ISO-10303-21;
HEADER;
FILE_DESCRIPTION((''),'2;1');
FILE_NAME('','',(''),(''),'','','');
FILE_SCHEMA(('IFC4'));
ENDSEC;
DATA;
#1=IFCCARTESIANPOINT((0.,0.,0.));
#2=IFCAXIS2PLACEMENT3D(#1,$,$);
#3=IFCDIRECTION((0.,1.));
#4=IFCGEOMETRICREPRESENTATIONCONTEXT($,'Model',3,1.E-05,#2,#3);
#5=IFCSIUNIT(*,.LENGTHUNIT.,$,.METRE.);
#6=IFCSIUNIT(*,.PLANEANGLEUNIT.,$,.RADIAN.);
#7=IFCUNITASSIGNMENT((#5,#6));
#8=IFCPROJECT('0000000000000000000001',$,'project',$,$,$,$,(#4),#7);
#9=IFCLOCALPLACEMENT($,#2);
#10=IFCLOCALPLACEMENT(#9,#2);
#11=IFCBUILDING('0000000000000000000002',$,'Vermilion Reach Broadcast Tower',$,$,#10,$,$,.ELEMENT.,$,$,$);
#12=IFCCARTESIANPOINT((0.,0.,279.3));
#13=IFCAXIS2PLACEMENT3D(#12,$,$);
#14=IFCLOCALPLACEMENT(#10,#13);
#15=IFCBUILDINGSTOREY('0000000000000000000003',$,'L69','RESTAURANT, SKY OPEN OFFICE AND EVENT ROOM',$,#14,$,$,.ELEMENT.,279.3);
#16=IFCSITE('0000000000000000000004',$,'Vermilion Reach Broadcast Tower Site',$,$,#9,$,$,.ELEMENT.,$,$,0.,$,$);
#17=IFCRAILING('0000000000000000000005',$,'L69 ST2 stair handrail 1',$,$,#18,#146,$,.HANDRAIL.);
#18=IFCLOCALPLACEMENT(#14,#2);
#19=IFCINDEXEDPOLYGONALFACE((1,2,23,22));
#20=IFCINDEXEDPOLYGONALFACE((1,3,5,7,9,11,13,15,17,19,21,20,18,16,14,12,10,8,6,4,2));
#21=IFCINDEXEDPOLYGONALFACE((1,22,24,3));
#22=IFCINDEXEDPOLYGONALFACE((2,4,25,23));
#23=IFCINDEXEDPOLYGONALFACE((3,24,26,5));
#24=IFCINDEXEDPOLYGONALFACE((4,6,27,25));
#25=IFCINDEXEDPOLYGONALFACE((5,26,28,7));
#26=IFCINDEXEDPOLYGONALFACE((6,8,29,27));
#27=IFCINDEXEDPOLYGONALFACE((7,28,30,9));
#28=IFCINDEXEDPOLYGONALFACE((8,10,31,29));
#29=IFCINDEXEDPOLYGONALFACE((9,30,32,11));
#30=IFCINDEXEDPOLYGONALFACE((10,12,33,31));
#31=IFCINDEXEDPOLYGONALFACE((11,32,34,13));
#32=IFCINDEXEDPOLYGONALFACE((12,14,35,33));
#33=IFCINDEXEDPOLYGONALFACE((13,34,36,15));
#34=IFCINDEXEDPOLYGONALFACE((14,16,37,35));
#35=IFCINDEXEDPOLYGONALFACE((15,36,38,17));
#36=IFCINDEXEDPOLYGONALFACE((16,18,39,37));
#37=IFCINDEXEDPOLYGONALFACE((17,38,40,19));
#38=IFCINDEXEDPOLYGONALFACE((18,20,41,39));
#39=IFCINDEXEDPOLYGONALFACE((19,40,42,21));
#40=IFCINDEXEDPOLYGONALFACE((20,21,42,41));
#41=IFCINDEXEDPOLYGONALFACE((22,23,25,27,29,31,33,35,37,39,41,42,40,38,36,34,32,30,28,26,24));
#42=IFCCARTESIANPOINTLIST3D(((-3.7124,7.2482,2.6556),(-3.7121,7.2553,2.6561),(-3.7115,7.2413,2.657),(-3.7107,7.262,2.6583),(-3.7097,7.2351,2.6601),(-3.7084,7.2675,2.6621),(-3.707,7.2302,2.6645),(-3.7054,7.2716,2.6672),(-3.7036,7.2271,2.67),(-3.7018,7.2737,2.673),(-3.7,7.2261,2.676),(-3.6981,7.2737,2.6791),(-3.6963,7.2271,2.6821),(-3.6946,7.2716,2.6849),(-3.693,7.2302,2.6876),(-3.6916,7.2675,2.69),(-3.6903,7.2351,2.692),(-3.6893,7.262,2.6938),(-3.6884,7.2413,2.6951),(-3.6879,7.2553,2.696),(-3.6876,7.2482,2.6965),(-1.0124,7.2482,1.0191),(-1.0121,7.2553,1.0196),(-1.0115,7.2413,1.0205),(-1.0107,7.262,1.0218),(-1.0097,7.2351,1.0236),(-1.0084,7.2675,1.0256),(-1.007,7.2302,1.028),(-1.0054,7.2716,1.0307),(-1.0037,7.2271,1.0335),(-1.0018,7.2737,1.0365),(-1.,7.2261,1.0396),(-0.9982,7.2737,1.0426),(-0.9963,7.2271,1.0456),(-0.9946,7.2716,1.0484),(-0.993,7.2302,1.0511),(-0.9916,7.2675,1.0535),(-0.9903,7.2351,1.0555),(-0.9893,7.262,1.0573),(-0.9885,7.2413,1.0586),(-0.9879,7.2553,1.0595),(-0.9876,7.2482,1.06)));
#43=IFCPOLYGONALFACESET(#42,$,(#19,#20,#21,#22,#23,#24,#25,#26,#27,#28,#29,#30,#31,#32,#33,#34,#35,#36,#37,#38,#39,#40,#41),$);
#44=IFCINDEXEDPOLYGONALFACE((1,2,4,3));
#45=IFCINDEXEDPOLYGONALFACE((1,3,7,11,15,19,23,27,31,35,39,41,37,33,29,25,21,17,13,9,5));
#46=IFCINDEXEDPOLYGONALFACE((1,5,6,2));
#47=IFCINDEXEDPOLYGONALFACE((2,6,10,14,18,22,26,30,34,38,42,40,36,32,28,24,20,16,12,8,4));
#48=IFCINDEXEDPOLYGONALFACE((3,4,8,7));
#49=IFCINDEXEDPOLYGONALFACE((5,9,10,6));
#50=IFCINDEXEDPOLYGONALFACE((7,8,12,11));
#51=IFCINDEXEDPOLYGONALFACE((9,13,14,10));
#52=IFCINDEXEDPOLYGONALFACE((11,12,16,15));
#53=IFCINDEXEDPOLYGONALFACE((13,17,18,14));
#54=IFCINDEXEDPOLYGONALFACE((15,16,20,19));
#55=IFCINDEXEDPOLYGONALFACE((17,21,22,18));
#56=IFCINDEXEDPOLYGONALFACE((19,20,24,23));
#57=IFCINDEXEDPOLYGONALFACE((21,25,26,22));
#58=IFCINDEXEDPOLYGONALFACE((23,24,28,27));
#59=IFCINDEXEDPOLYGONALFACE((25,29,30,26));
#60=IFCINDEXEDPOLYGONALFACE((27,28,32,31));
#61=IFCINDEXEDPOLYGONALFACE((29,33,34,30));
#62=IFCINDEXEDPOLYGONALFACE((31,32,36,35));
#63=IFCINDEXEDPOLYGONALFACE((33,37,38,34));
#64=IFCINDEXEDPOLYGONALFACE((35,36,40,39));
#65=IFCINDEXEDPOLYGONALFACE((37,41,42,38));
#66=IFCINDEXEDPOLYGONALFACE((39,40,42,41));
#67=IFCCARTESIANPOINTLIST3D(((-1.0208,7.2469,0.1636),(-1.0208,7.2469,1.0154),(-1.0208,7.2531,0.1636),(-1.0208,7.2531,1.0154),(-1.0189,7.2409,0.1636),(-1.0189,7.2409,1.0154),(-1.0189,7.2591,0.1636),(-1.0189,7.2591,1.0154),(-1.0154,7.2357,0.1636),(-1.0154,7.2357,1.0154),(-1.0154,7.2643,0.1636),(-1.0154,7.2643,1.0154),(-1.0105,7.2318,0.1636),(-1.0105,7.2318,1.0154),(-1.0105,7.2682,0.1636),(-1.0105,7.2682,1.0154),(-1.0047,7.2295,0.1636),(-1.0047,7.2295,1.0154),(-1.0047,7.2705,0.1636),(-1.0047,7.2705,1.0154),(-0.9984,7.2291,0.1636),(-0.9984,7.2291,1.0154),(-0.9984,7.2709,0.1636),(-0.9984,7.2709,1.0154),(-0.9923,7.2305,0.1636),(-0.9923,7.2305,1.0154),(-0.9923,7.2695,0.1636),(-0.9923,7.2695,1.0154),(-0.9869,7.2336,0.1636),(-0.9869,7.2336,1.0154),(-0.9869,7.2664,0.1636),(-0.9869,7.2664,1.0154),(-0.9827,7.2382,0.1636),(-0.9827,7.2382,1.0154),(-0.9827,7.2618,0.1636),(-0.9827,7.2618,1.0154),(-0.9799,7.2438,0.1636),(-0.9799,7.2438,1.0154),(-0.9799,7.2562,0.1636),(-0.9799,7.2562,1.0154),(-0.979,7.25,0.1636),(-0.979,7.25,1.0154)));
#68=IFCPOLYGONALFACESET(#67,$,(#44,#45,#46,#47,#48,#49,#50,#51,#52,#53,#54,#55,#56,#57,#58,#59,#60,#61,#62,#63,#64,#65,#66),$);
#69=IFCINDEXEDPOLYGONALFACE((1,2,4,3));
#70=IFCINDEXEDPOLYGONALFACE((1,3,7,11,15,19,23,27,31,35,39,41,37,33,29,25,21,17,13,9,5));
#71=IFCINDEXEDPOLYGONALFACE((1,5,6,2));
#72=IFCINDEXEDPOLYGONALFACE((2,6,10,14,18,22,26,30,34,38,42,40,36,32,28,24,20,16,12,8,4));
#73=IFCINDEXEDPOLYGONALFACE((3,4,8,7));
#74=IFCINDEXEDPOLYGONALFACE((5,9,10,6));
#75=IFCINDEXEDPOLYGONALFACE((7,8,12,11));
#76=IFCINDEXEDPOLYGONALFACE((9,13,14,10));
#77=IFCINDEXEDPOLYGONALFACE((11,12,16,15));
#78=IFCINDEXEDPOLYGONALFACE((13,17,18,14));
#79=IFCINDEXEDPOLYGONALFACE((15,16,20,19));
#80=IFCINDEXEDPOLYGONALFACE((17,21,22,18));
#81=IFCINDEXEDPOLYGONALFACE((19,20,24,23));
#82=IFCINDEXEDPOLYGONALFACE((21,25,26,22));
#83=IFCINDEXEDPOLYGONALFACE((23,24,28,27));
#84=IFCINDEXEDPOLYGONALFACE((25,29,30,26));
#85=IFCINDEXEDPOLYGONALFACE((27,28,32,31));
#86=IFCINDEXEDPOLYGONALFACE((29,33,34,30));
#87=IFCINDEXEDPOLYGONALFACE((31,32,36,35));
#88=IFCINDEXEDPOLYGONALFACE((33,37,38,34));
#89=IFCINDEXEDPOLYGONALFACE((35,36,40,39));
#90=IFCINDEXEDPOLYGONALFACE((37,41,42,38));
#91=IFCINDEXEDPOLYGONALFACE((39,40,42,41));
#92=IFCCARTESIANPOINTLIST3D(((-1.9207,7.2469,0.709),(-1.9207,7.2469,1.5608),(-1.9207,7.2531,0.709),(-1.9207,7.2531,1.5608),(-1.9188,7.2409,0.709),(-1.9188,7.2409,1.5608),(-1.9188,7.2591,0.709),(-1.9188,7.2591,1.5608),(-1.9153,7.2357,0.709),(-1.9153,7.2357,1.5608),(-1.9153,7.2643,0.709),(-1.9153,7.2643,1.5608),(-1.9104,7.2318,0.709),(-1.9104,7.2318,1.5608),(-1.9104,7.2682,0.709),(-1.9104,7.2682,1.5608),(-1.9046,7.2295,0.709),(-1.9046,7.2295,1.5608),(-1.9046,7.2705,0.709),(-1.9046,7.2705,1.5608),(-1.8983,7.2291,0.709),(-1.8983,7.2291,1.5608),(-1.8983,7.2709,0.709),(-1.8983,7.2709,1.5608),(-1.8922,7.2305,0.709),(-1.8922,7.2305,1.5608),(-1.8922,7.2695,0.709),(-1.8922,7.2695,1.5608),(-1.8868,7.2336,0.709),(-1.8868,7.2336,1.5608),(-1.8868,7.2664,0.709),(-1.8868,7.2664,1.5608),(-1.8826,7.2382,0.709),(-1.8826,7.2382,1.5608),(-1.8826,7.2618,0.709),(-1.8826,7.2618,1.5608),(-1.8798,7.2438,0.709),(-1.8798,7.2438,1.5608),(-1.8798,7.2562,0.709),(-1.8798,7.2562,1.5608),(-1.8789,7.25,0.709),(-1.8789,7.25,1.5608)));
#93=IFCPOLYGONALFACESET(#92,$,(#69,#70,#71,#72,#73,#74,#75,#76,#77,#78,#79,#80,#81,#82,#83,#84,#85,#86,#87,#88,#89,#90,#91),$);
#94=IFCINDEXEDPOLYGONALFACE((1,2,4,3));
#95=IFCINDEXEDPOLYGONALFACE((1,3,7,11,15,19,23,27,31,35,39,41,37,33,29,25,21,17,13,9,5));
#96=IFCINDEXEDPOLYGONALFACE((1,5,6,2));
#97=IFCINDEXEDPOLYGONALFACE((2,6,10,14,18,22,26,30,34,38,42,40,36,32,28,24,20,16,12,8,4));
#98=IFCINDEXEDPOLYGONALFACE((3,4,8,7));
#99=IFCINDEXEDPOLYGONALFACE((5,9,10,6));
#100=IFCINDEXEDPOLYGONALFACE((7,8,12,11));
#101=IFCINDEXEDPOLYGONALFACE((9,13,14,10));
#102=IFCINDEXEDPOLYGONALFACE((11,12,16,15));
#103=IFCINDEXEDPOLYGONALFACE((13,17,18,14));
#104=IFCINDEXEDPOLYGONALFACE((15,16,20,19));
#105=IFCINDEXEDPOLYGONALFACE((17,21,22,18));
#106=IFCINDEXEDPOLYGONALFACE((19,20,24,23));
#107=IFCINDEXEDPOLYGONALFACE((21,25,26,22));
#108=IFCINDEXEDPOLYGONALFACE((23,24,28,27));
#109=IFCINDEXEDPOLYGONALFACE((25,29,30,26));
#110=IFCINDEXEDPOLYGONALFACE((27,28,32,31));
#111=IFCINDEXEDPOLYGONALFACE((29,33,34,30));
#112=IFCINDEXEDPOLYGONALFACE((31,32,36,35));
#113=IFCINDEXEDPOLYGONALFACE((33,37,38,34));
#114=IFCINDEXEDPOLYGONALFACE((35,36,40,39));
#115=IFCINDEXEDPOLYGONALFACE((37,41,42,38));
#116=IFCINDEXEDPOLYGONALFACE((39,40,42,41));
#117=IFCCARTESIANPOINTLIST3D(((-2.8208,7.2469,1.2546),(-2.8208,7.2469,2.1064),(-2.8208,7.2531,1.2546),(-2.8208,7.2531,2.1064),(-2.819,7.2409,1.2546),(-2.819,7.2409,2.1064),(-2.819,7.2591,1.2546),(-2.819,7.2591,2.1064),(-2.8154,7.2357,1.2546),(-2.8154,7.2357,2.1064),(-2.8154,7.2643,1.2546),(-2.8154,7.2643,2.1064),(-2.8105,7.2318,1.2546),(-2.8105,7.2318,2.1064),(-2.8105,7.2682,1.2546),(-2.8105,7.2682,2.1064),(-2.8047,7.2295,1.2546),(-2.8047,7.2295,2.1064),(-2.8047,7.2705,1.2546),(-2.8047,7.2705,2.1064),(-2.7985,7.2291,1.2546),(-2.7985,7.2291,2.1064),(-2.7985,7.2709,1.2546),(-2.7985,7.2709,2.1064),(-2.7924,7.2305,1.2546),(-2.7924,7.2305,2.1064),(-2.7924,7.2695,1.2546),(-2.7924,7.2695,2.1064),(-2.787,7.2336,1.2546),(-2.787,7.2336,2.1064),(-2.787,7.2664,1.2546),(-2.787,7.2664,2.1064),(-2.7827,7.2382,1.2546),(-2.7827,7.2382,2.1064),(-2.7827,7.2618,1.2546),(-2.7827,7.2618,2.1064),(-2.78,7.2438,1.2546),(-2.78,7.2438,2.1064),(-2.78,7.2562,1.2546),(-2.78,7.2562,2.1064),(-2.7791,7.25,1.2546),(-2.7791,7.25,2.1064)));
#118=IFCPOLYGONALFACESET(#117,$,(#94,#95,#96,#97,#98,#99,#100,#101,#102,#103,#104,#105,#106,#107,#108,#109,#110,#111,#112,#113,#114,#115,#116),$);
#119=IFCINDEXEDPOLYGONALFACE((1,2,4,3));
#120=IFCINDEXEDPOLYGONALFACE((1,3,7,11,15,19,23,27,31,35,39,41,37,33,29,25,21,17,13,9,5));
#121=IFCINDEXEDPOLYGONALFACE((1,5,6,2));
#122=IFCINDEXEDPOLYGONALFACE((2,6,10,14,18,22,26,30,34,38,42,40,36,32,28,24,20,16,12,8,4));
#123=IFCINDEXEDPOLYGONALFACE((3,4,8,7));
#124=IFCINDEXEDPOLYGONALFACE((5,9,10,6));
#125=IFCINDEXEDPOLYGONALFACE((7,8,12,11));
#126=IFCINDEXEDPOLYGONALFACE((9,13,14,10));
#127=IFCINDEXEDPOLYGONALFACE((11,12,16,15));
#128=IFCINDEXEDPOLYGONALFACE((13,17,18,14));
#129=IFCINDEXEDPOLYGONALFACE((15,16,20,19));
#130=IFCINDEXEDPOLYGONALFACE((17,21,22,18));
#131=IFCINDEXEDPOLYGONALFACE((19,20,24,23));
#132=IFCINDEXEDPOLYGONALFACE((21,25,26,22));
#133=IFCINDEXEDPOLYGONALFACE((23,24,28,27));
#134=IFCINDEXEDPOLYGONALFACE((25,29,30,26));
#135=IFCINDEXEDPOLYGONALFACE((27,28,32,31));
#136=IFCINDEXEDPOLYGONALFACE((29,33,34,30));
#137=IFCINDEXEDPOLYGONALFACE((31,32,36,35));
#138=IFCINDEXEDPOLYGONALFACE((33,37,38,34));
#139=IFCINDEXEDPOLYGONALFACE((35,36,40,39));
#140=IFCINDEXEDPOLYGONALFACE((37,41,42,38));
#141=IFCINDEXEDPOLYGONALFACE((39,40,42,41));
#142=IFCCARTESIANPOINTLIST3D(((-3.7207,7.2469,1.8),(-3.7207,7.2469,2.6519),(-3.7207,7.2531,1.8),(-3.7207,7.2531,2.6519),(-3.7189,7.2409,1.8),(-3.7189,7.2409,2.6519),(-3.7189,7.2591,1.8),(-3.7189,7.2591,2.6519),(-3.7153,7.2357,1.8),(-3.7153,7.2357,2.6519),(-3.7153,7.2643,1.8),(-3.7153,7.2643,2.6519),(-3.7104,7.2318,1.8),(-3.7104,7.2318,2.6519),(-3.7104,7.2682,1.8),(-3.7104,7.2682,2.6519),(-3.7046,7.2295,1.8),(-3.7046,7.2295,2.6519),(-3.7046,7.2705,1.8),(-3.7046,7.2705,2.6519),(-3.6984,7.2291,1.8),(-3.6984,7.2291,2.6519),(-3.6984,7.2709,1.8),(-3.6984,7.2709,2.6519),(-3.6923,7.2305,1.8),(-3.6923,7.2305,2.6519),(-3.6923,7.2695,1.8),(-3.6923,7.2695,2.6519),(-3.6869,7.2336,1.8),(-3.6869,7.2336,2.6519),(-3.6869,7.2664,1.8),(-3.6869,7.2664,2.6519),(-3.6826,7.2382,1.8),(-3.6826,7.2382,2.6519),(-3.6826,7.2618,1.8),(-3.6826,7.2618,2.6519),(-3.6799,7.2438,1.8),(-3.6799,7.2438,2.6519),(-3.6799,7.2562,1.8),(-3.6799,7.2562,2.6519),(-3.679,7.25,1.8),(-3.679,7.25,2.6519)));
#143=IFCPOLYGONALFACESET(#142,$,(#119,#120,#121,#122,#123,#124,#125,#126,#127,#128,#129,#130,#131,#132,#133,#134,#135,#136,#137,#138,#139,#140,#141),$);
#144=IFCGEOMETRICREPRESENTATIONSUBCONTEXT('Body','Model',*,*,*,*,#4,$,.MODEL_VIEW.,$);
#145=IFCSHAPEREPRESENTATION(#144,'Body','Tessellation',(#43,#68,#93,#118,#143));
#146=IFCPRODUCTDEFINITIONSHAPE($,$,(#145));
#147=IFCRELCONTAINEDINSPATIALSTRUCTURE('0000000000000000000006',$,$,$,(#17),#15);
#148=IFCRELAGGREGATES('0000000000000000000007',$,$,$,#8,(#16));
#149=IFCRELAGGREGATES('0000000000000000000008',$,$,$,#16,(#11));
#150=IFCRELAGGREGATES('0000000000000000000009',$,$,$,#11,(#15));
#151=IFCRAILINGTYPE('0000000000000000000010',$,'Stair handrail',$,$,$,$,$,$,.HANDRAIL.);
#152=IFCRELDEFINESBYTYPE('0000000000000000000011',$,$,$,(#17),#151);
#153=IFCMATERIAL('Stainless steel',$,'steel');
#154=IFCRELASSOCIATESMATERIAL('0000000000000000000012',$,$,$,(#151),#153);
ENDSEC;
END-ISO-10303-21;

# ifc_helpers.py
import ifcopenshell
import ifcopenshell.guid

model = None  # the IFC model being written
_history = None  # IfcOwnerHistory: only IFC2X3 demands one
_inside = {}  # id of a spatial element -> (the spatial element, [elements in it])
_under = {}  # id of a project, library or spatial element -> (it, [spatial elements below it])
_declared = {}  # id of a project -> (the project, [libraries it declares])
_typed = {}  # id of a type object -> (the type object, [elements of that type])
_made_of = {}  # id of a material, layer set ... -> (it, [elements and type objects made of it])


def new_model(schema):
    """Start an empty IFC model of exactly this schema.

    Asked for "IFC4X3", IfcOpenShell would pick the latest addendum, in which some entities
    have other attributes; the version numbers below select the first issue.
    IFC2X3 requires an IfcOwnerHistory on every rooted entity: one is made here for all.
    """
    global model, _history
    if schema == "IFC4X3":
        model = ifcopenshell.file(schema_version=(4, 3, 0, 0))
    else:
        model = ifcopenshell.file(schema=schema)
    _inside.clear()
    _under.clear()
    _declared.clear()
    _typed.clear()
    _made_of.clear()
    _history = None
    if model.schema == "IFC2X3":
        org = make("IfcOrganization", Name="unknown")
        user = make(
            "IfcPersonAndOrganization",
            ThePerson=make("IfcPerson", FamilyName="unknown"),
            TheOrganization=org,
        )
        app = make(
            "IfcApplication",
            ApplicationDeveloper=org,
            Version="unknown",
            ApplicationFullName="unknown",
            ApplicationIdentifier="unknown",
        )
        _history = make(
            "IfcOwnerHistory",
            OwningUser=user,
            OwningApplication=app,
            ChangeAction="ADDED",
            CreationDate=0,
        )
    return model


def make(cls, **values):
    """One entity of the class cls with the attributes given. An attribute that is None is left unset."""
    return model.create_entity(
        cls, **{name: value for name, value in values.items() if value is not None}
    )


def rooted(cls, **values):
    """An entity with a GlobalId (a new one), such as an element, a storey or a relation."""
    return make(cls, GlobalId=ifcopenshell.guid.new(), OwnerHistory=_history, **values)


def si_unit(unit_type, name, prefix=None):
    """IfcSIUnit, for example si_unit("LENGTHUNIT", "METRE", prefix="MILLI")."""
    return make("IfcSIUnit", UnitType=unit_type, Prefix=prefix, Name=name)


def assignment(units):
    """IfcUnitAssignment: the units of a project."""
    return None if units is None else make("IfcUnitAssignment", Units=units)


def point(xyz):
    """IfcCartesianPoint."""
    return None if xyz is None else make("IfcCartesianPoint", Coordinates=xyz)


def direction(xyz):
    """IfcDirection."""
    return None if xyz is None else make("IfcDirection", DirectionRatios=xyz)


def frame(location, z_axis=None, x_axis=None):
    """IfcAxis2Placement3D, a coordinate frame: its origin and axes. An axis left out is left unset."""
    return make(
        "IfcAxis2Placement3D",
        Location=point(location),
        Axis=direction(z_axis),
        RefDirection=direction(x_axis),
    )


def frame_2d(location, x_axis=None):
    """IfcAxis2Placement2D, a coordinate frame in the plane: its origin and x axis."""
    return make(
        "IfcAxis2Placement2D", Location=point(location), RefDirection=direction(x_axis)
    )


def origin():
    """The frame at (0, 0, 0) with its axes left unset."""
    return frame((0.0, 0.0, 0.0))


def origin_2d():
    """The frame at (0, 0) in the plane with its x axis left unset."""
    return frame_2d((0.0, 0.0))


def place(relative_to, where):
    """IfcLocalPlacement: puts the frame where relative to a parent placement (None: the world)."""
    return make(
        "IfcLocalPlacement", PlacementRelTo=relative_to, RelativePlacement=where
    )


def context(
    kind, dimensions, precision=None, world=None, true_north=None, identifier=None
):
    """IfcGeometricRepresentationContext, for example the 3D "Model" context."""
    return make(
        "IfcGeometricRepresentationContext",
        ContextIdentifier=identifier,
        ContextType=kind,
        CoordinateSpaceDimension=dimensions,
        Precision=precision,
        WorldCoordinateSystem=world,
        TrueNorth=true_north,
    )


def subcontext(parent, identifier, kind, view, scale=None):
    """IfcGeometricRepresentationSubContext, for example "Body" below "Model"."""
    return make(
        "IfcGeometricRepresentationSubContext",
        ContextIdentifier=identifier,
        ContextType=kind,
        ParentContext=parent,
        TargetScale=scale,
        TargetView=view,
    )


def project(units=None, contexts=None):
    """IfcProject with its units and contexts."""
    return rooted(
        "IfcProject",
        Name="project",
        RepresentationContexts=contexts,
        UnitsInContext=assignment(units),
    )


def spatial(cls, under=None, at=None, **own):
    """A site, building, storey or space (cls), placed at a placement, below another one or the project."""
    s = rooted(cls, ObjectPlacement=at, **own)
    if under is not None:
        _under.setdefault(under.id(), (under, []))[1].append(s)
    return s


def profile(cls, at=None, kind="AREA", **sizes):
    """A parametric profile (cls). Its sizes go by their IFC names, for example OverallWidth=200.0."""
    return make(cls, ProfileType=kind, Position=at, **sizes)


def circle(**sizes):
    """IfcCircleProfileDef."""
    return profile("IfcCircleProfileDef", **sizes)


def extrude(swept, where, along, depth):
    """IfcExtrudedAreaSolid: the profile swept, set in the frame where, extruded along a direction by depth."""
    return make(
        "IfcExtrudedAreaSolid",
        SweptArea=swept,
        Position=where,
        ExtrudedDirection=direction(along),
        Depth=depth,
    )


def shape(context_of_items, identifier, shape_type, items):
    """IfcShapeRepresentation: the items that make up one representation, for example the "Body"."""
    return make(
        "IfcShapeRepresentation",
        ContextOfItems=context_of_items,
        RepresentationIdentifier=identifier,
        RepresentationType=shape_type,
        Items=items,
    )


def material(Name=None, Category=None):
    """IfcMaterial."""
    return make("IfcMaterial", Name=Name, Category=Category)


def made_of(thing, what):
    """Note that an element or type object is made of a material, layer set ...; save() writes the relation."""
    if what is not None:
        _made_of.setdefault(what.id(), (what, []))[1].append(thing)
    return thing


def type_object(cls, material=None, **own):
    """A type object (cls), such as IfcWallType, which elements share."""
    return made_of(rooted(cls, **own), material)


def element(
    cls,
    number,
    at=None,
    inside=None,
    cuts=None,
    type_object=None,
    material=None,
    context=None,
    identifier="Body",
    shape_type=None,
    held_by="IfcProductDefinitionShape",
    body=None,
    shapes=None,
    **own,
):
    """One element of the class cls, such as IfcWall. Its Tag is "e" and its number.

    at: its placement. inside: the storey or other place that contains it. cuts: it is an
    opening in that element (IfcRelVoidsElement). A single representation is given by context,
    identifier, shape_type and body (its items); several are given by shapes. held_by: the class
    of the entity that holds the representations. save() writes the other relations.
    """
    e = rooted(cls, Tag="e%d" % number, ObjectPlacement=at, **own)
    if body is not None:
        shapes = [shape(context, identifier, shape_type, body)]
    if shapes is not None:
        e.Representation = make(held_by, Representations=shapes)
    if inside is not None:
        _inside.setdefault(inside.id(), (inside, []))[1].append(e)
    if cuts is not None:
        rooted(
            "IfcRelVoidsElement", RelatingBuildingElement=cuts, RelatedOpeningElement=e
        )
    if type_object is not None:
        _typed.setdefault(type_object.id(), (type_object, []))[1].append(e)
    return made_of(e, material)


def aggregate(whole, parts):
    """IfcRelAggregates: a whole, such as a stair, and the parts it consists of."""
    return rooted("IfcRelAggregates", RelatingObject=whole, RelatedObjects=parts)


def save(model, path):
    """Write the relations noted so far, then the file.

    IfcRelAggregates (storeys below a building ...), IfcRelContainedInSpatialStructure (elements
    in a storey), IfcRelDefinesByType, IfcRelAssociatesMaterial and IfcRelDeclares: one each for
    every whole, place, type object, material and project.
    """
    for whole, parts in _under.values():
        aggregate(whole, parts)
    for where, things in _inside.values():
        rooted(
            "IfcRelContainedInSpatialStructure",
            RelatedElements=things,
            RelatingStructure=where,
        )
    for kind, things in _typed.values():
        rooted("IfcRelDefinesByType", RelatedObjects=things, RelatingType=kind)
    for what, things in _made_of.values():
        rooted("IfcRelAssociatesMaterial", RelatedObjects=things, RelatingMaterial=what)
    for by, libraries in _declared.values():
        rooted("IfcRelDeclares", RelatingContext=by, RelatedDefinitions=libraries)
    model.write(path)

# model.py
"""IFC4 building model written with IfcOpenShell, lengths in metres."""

from ifc_helpers import new_model, si_unit, direction, frame, origin, origin_2d, place, context, subcontext, project, spatial, circle, extrude, material, type_object, element, save


model = new_model("IFC4")

# Units and contexts
model_context = context("Model", 3, precision=1e-05, world=origin(), true_north=direction((0.0, 1.0)))
body_context = subcontext(model_context, "Body", "Model", "MODEL_VIEW")
ifc_project = project(units=[si_unit("LENGTHUNIT", "METRE"), si_unit("PLANEANGLEUNIT", "RADIAN")], contexts=[model_context])

# Site, building, storey
site_placement = place(None, origin())
site = spatial("IfcSite", under=ifc_project, at=site_placement, Name="Vermilion Reach Broadcast Tower Site", CompositionType="ELEMENT", RefElevation=0.0)
building_placement = place(site_placement, origin())
building = spatial("IfcBuilding", under=site, at=building_placement, Name="Vermilion Reach Broadcast Tower", CompositionType="ELEMENT")
storey_placement = place(building_placement, frame((0.0, 0.0, 279.3)))
storey = spatial("IfcBuildingStorey", under=building, at=storey_placement, Name="L69", Description="RESTAURANT, SKY OPEN OFFICE AND EVENT ROOM", CompositionType="ELEMENT", Elevation=279.3)

# Railing
ifc_material_1 = material(Name="Stainless steel", Category="steel")
railing_type_1 = type_object("IfcRailingType", Name="Stair handrail", PredefinedType="HANDRAIL", material=ifc_material_1)
railing_1_placement = place(storey_placement, frame((-1.0, 7.25, 0.1636)))
element("IfcRailing", 1, at=railing_1_placement, inside=storey, type_object=railing_type_1, Name="L69 ST2 stair handrail 1", PredefinedType="HANDRAIL", context=body_context, shape_type="SweptSolid", body=[
    extrude(circle(Radius=0.0239, at=origin_2d()), frame((0.0, 0.0, 0.876), z_axis=(-0.855178, 0.0, 0.518334), x_axis=(0.0, -1.0, 0.0)), (0.0, 0.0, 1.0), 3.1572),
    extrude(circle(Radius=0.021, at=origin_2d()), origin(), (0.0, 0.0, 1.0), 0.8518),
    extrude(circle(Radius=0.021, at=origin_2d()), frame((-0.8999, 0.0, 0.5454)), (0.0, 0.0, 1.0), 0.8518),
    extrude(circle(Radius=0.021, at=origin_2d()), frame((-1.8, 0.0, 1.0911)), (0.0, 0.0, 1.0), 0.8518),
    extrude(circle(Radius=0.021, at=origin_2d()), frame((-2.7, 0.0, 1.6365)), (0.0, 0.0, 1.0), 0.8518),
])

save(model, "model.ifc")
